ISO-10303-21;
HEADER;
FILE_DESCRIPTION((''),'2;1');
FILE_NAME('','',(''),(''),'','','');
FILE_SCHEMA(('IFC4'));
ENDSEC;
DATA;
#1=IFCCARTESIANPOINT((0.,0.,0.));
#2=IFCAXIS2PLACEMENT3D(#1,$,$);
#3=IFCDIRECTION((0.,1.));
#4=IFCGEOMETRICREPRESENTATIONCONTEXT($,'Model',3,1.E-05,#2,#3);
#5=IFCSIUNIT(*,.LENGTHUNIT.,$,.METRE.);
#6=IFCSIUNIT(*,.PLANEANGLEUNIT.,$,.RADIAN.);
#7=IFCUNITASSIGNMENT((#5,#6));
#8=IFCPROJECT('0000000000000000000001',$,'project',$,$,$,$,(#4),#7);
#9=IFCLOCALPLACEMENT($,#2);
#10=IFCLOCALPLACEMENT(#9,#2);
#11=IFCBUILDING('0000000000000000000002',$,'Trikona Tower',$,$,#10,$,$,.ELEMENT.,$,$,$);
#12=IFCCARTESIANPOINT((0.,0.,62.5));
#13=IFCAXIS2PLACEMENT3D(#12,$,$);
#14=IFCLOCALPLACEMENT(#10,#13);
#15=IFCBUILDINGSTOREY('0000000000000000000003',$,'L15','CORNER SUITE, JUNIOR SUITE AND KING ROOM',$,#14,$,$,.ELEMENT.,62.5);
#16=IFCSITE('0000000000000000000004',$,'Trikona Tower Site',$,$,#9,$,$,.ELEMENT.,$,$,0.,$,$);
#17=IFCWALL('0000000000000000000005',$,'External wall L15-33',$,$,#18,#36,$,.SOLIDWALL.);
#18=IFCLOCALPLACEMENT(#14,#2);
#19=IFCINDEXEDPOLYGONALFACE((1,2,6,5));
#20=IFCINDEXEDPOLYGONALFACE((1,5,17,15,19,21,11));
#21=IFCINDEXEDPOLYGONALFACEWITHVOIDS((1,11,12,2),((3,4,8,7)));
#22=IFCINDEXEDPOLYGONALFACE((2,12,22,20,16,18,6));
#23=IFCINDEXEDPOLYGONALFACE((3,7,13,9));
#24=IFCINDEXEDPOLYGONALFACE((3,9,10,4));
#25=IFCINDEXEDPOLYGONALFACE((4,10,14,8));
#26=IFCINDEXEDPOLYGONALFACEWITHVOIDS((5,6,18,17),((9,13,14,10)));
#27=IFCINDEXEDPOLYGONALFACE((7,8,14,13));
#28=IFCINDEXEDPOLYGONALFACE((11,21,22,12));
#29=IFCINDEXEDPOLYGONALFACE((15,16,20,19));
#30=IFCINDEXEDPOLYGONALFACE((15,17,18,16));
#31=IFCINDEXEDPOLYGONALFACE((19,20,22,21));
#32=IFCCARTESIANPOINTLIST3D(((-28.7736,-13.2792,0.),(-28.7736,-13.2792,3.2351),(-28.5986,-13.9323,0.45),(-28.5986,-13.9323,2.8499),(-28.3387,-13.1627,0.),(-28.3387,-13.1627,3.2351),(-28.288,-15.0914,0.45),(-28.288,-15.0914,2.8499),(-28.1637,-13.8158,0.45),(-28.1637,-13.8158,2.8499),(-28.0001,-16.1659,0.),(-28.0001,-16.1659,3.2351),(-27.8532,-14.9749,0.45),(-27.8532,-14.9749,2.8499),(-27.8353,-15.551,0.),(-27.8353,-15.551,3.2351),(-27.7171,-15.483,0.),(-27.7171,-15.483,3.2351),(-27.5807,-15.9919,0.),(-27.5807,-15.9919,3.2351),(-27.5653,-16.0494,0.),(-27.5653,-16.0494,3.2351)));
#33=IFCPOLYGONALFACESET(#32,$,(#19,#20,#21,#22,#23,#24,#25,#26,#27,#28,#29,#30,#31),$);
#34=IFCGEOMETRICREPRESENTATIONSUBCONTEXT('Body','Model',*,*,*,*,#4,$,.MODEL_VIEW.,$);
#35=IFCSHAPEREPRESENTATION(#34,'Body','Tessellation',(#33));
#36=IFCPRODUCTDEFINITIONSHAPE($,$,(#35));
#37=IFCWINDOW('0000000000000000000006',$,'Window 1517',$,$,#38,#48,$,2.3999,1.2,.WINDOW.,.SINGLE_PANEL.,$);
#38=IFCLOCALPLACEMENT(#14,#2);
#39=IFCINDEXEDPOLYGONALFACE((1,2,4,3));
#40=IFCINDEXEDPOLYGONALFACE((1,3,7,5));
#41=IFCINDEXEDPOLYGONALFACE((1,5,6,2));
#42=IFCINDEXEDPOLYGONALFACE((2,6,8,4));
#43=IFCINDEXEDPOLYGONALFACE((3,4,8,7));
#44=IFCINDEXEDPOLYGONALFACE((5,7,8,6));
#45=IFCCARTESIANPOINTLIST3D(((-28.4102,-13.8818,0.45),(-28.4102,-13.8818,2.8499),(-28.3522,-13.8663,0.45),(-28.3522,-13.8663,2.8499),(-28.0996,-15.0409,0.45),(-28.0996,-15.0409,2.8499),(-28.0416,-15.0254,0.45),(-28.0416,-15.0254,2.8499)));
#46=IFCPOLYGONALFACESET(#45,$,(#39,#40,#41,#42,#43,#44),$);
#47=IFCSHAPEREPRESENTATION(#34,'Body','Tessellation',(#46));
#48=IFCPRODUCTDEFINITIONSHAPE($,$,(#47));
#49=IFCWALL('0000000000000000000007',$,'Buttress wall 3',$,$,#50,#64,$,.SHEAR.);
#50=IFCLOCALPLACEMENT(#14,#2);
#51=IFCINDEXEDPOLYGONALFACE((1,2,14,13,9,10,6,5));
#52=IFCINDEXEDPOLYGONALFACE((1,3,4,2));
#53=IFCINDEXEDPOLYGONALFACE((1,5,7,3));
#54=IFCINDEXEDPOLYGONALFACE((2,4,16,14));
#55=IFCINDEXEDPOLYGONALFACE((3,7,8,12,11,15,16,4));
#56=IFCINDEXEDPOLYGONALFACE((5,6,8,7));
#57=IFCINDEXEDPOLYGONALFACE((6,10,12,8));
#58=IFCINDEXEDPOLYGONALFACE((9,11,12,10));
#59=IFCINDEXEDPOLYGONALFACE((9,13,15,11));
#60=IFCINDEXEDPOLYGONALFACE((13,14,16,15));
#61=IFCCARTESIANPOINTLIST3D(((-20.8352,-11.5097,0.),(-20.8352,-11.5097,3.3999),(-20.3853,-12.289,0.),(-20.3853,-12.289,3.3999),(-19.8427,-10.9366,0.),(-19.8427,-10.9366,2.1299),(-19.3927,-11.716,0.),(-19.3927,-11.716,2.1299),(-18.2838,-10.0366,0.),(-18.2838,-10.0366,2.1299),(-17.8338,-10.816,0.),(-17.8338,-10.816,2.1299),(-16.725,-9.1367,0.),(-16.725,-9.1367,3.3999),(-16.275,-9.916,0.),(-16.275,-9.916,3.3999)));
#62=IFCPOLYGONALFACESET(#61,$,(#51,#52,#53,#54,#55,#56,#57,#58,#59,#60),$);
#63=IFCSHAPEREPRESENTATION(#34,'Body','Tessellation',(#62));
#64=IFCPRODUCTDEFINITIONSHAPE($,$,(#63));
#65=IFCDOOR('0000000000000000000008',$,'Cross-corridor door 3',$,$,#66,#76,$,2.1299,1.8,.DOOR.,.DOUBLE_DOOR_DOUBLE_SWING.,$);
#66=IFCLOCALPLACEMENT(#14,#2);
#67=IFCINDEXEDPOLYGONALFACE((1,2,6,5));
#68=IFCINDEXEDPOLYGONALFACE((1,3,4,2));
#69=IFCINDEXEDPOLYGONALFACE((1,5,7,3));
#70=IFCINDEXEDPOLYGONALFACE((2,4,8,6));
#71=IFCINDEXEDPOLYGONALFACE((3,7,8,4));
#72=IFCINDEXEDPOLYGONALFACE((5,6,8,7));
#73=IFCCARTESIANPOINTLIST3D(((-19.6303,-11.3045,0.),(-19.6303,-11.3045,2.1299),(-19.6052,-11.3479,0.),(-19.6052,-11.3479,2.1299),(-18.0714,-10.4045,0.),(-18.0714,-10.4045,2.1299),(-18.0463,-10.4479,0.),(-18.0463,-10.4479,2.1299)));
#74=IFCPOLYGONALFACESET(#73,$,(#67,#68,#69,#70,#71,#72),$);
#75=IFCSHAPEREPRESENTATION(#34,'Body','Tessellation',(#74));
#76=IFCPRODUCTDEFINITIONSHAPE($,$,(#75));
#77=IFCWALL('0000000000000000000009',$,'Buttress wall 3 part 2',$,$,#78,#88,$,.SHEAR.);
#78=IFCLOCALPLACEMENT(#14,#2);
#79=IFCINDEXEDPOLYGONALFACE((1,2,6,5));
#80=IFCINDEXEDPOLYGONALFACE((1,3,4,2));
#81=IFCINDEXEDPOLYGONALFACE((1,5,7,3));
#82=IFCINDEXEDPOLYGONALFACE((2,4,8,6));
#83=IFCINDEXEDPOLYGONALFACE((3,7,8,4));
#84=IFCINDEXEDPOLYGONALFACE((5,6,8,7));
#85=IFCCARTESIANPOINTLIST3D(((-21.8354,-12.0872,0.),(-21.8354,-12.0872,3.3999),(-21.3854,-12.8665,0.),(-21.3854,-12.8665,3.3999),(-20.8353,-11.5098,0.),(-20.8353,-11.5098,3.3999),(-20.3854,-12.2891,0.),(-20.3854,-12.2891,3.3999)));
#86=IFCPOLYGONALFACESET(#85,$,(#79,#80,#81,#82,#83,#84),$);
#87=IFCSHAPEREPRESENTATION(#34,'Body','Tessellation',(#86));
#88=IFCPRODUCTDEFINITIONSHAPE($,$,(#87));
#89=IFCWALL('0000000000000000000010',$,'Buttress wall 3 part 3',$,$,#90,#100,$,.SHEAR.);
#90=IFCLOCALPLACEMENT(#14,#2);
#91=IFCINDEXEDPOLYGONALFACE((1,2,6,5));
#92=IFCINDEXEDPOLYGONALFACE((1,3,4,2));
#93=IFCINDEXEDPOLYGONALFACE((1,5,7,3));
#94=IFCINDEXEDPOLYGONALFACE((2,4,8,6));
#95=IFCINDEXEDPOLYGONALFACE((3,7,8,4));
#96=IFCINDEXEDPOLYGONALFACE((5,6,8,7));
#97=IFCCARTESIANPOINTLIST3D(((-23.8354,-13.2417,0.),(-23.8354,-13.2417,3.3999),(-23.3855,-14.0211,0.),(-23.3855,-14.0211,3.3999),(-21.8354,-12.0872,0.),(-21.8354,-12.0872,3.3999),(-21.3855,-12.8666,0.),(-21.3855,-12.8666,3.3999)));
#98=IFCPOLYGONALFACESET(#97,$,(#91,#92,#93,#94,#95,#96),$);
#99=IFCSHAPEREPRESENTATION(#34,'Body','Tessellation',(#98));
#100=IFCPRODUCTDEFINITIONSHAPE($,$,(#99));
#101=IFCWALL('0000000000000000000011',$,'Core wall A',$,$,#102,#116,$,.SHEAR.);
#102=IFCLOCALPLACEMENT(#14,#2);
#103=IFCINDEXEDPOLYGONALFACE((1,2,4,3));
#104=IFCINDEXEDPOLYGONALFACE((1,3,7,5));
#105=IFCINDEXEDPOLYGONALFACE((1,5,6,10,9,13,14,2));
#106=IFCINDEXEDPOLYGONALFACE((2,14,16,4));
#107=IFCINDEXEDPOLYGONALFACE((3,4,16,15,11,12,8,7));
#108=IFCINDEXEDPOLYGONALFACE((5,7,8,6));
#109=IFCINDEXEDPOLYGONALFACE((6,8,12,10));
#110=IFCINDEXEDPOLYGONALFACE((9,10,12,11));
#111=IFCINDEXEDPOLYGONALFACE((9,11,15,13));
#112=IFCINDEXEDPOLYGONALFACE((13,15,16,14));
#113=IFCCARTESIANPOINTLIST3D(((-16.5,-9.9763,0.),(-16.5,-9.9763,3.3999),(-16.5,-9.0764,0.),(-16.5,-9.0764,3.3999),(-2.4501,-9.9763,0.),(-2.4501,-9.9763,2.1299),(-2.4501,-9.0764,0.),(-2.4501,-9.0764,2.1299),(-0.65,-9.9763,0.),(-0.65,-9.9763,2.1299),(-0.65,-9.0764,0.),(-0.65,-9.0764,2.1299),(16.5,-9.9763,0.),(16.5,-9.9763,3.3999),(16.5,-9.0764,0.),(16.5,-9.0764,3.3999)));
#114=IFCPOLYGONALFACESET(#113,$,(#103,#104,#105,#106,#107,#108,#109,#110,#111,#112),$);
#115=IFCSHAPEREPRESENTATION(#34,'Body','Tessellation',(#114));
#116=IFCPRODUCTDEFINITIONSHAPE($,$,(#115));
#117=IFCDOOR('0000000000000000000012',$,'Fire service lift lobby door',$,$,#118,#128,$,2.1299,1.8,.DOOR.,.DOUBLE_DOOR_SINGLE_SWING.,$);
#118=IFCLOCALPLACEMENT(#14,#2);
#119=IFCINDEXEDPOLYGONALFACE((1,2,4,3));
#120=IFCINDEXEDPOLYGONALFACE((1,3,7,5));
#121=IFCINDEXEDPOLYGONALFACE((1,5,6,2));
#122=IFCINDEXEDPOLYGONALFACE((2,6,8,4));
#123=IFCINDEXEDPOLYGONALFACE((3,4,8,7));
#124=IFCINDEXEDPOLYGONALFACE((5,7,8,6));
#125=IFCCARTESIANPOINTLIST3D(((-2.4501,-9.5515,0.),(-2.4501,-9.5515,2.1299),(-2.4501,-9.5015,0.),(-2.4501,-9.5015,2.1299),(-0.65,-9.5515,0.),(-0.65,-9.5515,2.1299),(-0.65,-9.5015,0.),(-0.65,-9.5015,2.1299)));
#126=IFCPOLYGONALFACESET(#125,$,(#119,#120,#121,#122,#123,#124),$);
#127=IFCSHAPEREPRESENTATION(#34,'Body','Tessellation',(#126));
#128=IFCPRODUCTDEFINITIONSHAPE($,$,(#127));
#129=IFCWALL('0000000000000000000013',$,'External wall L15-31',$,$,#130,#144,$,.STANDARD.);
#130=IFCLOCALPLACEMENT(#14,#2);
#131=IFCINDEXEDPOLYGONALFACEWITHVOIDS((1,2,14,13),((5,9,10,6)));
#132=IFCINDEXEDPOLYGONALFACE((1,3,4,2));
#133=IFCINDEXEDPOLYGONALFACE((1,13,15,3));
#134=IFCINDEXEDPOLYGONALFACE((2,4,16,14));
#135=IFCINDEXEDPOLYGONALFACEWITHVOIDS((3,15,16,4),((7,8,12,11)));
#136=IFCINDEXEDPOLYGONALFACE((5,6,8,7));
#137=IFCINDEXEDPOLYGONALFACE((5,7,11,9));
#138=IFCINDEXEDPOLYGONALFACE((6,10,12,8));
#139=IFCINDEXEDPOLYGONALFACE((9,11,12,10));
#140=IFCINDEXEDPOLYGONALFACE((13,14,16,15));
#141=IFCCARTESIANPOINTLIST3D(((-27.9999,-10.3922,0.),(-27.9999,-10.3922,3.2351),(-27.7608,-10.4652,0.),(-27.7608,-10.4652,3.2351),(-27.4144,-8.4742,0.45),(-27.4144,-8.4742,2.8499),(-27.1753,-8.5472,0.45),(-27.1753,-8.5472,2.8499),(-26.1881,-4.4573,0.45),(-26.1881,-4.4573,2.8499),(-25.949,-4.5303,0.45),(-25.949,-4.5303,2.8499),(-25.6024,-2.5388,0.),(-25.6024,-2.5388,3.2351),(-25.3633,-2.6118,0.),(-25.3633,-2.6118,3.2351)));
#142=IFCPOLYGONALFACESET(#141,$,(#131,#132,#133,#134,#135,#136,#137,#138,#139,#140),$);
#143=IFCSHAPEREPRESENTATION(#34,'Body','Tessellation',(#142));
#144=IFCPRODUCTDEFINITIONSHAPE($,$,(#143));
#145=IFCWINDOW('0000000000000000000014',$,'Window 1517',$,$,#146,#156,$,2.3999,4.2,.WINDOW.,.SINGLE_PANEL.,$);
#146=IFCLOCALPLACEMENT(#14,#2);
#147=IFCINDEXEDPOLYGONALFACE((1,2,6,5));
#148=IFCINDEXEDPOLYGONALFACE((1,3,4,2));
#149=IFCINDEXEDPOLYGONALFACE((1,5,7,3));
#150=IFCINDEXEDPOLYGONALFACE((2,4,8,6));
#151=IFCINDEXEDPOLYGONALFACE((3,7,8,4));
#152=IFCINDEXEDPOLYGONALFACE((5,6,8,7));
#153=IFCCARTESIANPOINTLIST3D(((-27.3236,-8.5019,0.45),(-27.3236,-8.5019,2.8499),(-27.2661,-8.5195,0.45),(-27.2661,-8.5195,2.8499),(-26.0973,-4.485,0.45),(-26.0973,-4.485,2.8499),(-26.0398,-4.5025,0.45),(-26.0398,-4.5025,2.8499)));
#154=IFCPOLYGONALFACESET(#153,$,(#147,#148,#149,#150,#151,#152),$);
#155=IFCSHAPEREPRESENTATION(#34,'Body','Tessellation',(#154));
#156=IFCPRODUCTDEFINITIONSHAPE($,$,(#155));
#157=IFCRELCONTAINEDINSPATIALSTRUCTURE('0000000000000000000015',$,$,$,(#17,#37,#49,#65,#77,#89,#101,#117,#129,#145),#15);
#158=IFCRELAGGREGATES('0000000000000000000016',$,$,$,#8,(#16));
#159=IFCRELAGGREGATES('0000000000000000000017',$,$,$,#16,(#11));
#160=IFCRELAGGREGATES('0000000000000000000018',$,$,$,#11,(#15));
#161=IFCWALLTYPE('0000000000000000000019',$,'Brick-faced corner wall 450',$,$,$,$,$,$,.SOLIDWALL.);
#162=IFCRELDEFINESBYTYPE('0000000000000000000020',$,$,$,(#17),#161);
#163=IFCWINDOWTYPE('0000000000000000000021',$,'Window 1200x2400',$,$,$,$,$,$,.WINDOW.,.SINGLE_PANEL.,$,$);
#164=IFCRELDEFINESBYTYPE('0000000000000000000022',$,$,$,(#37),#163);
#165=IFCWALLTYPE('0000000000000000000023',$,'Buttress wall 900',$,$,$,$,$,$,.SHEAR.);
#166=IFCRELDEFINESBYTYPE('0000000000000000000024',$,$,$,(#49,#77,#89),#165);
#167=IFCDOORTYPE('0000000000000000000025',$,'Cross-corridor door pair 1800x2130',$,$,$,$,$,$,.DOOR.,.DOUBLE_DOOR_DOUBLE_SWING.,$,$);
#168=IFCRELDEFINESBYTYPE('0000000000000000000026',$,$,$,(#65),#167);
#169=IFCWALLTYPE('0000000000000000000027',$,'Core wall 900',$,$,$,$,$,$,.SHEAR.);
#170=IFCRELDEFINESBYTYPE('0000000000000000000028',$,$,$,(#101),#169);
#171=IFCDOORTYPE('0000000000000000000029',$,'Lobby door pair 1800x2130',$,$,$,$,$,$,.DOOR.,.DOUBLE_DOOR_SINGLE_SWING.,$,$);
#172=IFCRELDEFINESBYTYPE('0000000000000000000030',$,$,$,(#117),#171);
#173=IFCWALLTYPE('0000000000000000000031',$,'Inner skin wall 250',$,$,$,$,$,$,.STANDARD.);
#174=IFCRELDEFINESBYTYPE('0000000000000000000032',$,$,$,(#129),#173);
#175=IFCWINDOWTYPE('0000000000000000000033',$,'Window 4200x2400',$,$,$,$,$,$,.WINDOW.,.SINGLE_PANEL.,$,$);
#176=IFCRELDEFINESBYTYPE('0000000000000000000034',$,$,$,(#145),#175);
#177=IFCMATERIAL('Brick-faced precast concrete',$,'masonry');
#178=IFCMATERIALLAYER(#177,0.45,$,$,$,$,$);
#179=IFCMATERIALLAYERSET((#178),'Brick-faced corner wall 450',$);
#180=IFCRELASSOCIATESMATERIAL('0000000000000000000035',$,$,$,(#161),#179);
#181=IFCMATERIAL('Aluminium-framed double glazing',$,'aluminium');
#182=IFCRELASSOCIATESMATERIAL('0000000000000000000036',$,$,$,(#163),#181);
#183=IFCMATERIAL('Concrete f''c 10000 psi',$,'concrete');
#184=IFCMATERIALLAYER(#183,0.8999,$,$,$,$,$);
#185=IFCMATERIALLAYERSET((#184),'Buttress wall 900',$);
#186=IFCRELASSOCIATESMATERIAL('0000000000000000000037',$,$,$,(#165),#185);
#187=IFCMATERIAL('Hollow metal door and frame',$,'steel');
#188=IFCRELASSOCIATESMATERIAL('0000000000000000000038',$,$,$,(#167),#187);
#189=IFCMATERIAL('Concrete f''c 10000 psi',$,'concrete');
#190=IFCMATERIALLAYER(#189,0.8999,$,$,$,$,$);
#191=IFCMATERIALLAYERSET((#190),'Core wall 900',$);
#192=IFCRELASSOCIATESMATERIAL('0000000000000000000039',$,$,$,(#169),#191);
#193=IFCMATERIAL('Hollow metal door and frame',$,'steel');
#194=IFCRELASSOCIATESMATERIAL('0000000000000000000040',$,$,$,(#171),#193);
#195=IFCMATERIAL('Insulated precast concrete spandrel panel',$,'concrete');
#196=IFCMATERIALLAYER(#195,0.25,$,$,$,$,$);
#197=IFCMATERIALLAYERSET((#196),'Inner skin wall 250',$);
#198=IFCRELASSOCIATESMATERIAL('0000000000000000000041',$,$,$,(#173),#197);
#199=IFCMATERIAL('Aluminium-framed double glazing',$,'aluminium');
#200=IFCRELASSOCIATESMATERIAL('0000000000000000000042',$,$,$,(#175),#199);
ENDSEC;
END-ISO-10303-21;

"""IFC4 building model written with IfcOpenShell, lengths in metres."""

from ifc_helpers import new_model, si_unit, direction, frame, frame_2d, origin, place, context, subcontext, project, spatial, polyline, rectangle, outline, extrude, material, layer, layer_set, type_object, element, fill, save


model = new_model("IFC4")

# Units and contexts
model_context = context("Model", 3, precision=1e-05, world=origin(), true_north=direction((0.0, 1.0)))
body_context = subcontext(model_context, "Body", "Model", "MODEL_VIEW")
ifc_project = project(units=[si_unit("LENGTHUNIT", "METRE"), si_unit("PLANEANGLEUNIT", "RADIAN")], contexts=[model_context])

# Site, building, storey
site_placement = place(None, origin())
site = spatial("IfcSite", under=ifc_project, at=site_placement, Name="Trikona Tower Site", CompositionType="ELEMENT", RefElevation=0.0)
building_placement = place(site_placement, origin())
building = spatial("IfcBuilding", under=site, at=building_placement, Name="Trikona Tower", CompositionType="ELEMENT")
storey_placement = place(building_placement, frame((0.0, 0.0, 62.5)))
storey = spatial("IfcBuildingStorey", under=building, at=storey_placement, Name="L15", Description="CORNER SUITE, JUNIOR SUITE AND KING ROOM", CompositionType="ELEMENT", Elevation=62.5)

# Wall, opening, window
ifc_material_1 = material(Name="Brick-faced precast concrete", Category="masonry")
ifc_layer_1 = layer(ifc_material_1, 0.45)
ifc_layer_set_1 = layer_set([ifc_layer_1], Name="Brick-faced corner wall 450")
wall_type_1 = type_object("IfcWallType", Name="Brick-faced corner wall 450", PredefinedType="SOLIDWALL", material=ifc_layer_set_1)
wall_1_placement = place(storey_placement, frame((-28.5562, -13.2209, 0.0), z_axis=(0.0, 0.0, 1.0), x_axis=(0.258801, -0.965931, 0.0)))
wall_1 = element("IfcWall", 1, at=wall_1_placement, inside=storey, type_object=wall_type_1, Name="External wall L15-33", PredefinedType="SOLIDWALL", context=body_context, shape_type="SweptSolid", body=[
    extrude(outline(polyline([(2.9885, 0.2251), (2.929, 0.2251), (2.4373, 0.0933), (2.4021, 0.2251), (0.0, 0.2251), (0.0, -0.2251), (2.9885, -0.2251), (2.9885, 0.2251)])), origin(), (0.0, 0.0, 1.0), 3.2351),
])
opening_1_placement = place(wall_1_placement, frame((0.676, 0.0, 0.45)))
opening_1 = element("IfcOpeningElement", 2, at=opening_1_placement, cuts=wall_1, PredefinedType="OPENING", context=body_context, shape_type="SweptSolid", body=[
    extrude(rectangle(XDim=1.2, YDim=2.3999, at=frame_2d((0.6001, 1.2))), frame((0.0, 0.2349, 0.0), z_axis=(0.0, -1.0, 0.0), x_axis=(1.0, 0.0, 0.0)), (0.0, 0.0, 1.0), 0.47),
])
ifc_material_2 = material(Name="Aluminium-framed double glazing", Category="aluminium")
window_type_1 = type_object("IfcWindowType", Name="Window 1200x2400", PartitioningType="SINGLE_PANEL", PredefinedType="WINDOW", material=ifc_material_2)
window_1_placement = place(opening_1_placement, origin())
window_1 = element("IfcWindow", 3, at=window_1_placement, inside=storey, type_object=window_type_1, Name="Window 1517", OverallHeight=2.3999, OverallWidth=1.2, PartitioningType="SINGLE_PANEL", PredefinedType="WINDOW", context=body_context, shape_type="SweptSolid", body=[
    extrude(rectangle(XDim=1.2, YDim=2.3999, at=frame_2d((0.6001, 1.2))), frame((0.0, 0.03, 0.0), z_axis=(0.0, -1.0, 0.0), x_axis=(1.0, 0.0, 0.0)), (0.0, 0.0, 1.0), 0.0601),
])
fill(opening_1, window_1)

# Wall, opening, door
ifc_material_3 = material(Name="Concrete f'c 10000 psi", Category="concrete")
ifc_layer_2 = layer(ifc_material_3, 0.8999)
ifc_layer_set_2 = layer_set([ifc_layer_2], Name="Buttress wall 900")
wall_type_2 = type_object("IfcWallType", Name="Buttress wall 900", PredefinedType="SHEAR", material=ifc_layer_set_2)
wall_2_placement = place(storey_placement, frame((-16.5, -9.5264, 0.0), z_axis=(0.0, 0.0, 1.0), x_axis=(-0.866031, -0.49999, 0.0)))
wall_2 = element("IfcWall", 4, at=wall_2_placement, inside=storey, type_object=wall_type_2, Name="Buttress wall 3", PredefinedType="SHEAR", context=body_context, shape_type="SweptSolid", body=[
    extrude(rectangle(XDim=4.7461, YDim=0.8999, at=frame_2d((2.373, 0.0))), origin(), (0.0, 0.0, 1.0), 3.3999),
])
opening_2_placement = place(wall_2_placement, frame((1.8, 0.0, 0.0)))
opening_2 = element("IfcOpeningElement", 5, at=opening_2_placement, cuts=wall_2, PredefinedType="OPENING", context=body_context, shape_type="SweptSolid", body=[
    extrude(rectangle(XDim=1.8, YDim=2.1299, at=frame_2d((0.8999, 1.0649))), frame((0.0, 0.46, 0.0), z_axis=(0.0, -1.0, 0.0), x_axis=(1.0, 0.0, 0.0)), (0.0, 0.0, 1.0), 0.9199),
])
ifc_material_4 = material(Name="Hollow metal door and frame", Category="steel")
door_type_1 = type_object("IfcDoorType", Name="Cross-corridor door pair 1800x2130", OperationType="DOUBLE_DOOR_DOUBLE_SWING", PredefinedType="DOOR", material=ifc_material_4)
door_1_placement = place(opening_2_placement, origin())
door_1 = element("IfcDoor", 6, at=door_1_placement, inside=storey, type_object=door_type_1, Name="Cross-corridor door 3", OperationType="DOUBLE_DOOR_DOUBLE_SWING", OverallHeight=2.1299, OverallWidth=1.8, PredefinedType="DOOR", context=body_context, shape_type="SweptSolid", body=[
    extrude(rectangle(XDim=1.8, YDim=2.1299, at=frame_2d((0.8999, 1.0649))), frame((0.0, 0.0249, 0.0), z_axis=(0.0, -1.0, 0.0), x_axis=(1.0, 0.0, 0.0)), (0.0, 0.0, 1.0), 0.05),
])
fill(opening_2, door_1)

# Walls
wall_3_placement = place(storey_placement, frame((-20.6104, -11.8994, 0.0), z_axis=(0.0, 0.0, 1.0), x_axis=(-0.86601, -0.500027, 0.0)))
element("IfcWall", 7, at=wall_3_placement, inside=storey, type_object=wall_type_2, Name="Buttress wall 3 part 2", PredefinedType="SHEAR", context=body_context, shape_type="SweptSolid", body=[
    extrude(rectangle(XDim=1.1548, YDim=0.8999, at=frame_2d((0.5774, 0.0))), origin(), (0.0, 0.0, 1.0), 3.3999),
])
wall_4_placement = place(storey_placement, frame((-21.6104, -12.4768, 0.0), z_axis=(0.0, 0.0, 1.0), x_axis=(-0.866055, -0.499948, 0.0)))
element("IfcWall", 8, at=wall_4_placement, inside=storey, type_object=wall_type_2, Name="Buttress wall 3 part 3", PredefinedType="SHEAR", context=body_context, shape_type="SweptSolid", body=[
    extrude(rectangle(XDim=2.3093, YDim=0.8999, at=frame_2d((1.1548, 0.0))), origin(), (0.0, 0.0, 1.0), 3.3999),
])

# Wall, opening, door
ifc_material_5 = material(Name="Concrete f'c 10000 psi", Category="concrete")
ifc_layer_3 = layer(ifc_material_5, 0.8999)
ifc_layer_set_3 = layer_set([ifc_layer_3], Name="Core wall 900")
wall_type_3 = type_object("IfcWallType", Name="Core wall 900", PredefinedType="SHEAR", material=ifc_layer_set_3)
wall_5_placement = place(storey_placement, frame((-16.5, -9.5264, 0.0), z_axis=(0.0, 0.0, 1.0), x_axis=(1.0, 0.0, 0.0)))
wall_5 = element("IfcWall", 9, at=wall_5_placement, inside=storey, type_object=wall_type_3, Name="Core wall A", PredefinedType="SHEAR", context=body_context, shape_type="SweptSolid", body=[
    extrude(rectangle(XDim=33.0, YDim=0.8999, at=frame_2d((16.5, 0.0))), origin(), (0.0, 0.0, 1.0), 3.3999),
])
opening_3_placement = place(wall_5_placement, frame((14.05, 0.0, 0.0)))
opening_3 = element("IfcOpeningElement", 10, at=opening_3_placement, cuts=wall_5, PredefinedType="OPENING", context=body_context, shape_type="SweptSolid", body=[
    extrude(rectangle(XDim=1.8, YDim=2.1299, at=frame_2d((0.8999, 1.0649))), frame((0.0, 0.46, 0.0), z_axis=(0.0, -1.0, 0.0), x_axis=(1.0, 0.0, 0.0)), (0.0, 0.0, 1.0), 0.9199),
])
ifc_material_6 = material(Name="Hollow metal door and frame", Category="steel")
door_type_2 = type_object("IfcDoorType", Name="Lobby door pair 1800x2130", OperationType="DOUBLE_DOOR_SINGLE_SWING", PredefinedType="DOOR", material=ifc_material_6)
door_2_placement = place(opening_3_placement, origin())
door_2 = element("IfcDoor", 11, at=door_2_placement, inside=storey, type_object=door_type_2, Name="Fire service lift lobby door", OperationType="DOUBLE_DOOR_SINGLE_SWING", OverallHeight=2.1299, OverallWidth=1.8, PredefinedType="DOOR", context=body_context, shape_type="SweptSolid", body=[
    extrude(rectangle(XDim=1.8, YDim=2.1299, at=frame_2d((0.8999, 1.0649))), frame((0.0, 0.0249, 0.0), z_axis=(0.0, -1.0, 0.0), x_axis=(1.0, 0.0, 0.0)), (0.0, 0.0, 1.0), 0.05),
])
fill(opening_3, door_2)

# Wall, opening, window
ifc_material_7 = material(Name="Insulated precast concrete spandrel panel", Category="concrete")
ifc_layer_4 = layer(ifc_material_7, 0.25)
ifc_layer_set_4 = layer_set([ifc_layer_4], Name="Inner skin wall 250")
wall_type_4 = type_object("IfcWallType", Name="Inner skin wall 250", PredefinedType="STANDARD", material=ifc_layer_set_4)
wall_6_placement = place(storey_placement, frame((-25.4829, -2.5754, 0.0), z_axis=(0.0, 0.0, 1.0), x_axis=(-0.291979, -0.956425, 0.0)))
wall_6 = element("IfcWall", 12, at=wall_6_placement, inside=storey, type_object=wall_type_4, Name="External wall L15-31", PredefinedType="STANDARD", context=body_context, shape_type="SweptSolid", body=[
    extrude(rectangle(XDim=8.2112, YDim=0.25, at=frame_2d((4.1055, 0.0))), origin(), (0.0, 0.0, 1.0), 3.2351),
])
opening_4_placement = place(wall_6_placement, frame((2.0056, 0.0, 0.45)))
opening_4 = element("IfcOpeningElement", 13, at=opening_4_placement, cuts=wall_6, PredefinedType="OPENING", context=body_context, shape_type="SweptSolid", body=[
    extrude(rectangle(XDim=4.2, YDim=2.3999, at=frame_2d((2.1001, 1.2))), frame((0.0, 0.135, 0.0), z_axis=(0.0, -1.0, 0.0), x_axis=(1.0, 0.0, 0.0)), (0.0, 0.0, 1.0), 0.27),
])
ifc_material_8 = material(Name="Aluminium-framed double glazing", Category="aluminium")
window_type_2 = type_object("IfcWindowType", Name="Window 4200x2400", PartitioningType="SINGLE_PANEL", PredefinedType="WINDOW", material=ifc_material_8)
window_2_placement = place(opening_4_placement, origin())
window_2 = element("IfcWindow", 14, at=window_2_placement, inside=storey, type_object=window_type_2, Name="Window 1517", OverallHeight=2.3999, OverallWidth=4.2, PartitioningType="SINGLE_PANEL", PredefinedType="WINDOW", context=body_context, shape_type="SweptSolid", body=[
    extrude(rectangle(XDim=4.2, YDim=2.3999, at=frame_2d((2.1001, 1.2))), frame((0.0, 0.03, 0.0), z_axis=(0.0, -1.0, 0.0), x_axis=(1.0, 0.0, 0.0)), (0.0, 0.0, 1.0), 0.0601),
])
fill(opening_4, window_2)

save(model, "model.ifc")
